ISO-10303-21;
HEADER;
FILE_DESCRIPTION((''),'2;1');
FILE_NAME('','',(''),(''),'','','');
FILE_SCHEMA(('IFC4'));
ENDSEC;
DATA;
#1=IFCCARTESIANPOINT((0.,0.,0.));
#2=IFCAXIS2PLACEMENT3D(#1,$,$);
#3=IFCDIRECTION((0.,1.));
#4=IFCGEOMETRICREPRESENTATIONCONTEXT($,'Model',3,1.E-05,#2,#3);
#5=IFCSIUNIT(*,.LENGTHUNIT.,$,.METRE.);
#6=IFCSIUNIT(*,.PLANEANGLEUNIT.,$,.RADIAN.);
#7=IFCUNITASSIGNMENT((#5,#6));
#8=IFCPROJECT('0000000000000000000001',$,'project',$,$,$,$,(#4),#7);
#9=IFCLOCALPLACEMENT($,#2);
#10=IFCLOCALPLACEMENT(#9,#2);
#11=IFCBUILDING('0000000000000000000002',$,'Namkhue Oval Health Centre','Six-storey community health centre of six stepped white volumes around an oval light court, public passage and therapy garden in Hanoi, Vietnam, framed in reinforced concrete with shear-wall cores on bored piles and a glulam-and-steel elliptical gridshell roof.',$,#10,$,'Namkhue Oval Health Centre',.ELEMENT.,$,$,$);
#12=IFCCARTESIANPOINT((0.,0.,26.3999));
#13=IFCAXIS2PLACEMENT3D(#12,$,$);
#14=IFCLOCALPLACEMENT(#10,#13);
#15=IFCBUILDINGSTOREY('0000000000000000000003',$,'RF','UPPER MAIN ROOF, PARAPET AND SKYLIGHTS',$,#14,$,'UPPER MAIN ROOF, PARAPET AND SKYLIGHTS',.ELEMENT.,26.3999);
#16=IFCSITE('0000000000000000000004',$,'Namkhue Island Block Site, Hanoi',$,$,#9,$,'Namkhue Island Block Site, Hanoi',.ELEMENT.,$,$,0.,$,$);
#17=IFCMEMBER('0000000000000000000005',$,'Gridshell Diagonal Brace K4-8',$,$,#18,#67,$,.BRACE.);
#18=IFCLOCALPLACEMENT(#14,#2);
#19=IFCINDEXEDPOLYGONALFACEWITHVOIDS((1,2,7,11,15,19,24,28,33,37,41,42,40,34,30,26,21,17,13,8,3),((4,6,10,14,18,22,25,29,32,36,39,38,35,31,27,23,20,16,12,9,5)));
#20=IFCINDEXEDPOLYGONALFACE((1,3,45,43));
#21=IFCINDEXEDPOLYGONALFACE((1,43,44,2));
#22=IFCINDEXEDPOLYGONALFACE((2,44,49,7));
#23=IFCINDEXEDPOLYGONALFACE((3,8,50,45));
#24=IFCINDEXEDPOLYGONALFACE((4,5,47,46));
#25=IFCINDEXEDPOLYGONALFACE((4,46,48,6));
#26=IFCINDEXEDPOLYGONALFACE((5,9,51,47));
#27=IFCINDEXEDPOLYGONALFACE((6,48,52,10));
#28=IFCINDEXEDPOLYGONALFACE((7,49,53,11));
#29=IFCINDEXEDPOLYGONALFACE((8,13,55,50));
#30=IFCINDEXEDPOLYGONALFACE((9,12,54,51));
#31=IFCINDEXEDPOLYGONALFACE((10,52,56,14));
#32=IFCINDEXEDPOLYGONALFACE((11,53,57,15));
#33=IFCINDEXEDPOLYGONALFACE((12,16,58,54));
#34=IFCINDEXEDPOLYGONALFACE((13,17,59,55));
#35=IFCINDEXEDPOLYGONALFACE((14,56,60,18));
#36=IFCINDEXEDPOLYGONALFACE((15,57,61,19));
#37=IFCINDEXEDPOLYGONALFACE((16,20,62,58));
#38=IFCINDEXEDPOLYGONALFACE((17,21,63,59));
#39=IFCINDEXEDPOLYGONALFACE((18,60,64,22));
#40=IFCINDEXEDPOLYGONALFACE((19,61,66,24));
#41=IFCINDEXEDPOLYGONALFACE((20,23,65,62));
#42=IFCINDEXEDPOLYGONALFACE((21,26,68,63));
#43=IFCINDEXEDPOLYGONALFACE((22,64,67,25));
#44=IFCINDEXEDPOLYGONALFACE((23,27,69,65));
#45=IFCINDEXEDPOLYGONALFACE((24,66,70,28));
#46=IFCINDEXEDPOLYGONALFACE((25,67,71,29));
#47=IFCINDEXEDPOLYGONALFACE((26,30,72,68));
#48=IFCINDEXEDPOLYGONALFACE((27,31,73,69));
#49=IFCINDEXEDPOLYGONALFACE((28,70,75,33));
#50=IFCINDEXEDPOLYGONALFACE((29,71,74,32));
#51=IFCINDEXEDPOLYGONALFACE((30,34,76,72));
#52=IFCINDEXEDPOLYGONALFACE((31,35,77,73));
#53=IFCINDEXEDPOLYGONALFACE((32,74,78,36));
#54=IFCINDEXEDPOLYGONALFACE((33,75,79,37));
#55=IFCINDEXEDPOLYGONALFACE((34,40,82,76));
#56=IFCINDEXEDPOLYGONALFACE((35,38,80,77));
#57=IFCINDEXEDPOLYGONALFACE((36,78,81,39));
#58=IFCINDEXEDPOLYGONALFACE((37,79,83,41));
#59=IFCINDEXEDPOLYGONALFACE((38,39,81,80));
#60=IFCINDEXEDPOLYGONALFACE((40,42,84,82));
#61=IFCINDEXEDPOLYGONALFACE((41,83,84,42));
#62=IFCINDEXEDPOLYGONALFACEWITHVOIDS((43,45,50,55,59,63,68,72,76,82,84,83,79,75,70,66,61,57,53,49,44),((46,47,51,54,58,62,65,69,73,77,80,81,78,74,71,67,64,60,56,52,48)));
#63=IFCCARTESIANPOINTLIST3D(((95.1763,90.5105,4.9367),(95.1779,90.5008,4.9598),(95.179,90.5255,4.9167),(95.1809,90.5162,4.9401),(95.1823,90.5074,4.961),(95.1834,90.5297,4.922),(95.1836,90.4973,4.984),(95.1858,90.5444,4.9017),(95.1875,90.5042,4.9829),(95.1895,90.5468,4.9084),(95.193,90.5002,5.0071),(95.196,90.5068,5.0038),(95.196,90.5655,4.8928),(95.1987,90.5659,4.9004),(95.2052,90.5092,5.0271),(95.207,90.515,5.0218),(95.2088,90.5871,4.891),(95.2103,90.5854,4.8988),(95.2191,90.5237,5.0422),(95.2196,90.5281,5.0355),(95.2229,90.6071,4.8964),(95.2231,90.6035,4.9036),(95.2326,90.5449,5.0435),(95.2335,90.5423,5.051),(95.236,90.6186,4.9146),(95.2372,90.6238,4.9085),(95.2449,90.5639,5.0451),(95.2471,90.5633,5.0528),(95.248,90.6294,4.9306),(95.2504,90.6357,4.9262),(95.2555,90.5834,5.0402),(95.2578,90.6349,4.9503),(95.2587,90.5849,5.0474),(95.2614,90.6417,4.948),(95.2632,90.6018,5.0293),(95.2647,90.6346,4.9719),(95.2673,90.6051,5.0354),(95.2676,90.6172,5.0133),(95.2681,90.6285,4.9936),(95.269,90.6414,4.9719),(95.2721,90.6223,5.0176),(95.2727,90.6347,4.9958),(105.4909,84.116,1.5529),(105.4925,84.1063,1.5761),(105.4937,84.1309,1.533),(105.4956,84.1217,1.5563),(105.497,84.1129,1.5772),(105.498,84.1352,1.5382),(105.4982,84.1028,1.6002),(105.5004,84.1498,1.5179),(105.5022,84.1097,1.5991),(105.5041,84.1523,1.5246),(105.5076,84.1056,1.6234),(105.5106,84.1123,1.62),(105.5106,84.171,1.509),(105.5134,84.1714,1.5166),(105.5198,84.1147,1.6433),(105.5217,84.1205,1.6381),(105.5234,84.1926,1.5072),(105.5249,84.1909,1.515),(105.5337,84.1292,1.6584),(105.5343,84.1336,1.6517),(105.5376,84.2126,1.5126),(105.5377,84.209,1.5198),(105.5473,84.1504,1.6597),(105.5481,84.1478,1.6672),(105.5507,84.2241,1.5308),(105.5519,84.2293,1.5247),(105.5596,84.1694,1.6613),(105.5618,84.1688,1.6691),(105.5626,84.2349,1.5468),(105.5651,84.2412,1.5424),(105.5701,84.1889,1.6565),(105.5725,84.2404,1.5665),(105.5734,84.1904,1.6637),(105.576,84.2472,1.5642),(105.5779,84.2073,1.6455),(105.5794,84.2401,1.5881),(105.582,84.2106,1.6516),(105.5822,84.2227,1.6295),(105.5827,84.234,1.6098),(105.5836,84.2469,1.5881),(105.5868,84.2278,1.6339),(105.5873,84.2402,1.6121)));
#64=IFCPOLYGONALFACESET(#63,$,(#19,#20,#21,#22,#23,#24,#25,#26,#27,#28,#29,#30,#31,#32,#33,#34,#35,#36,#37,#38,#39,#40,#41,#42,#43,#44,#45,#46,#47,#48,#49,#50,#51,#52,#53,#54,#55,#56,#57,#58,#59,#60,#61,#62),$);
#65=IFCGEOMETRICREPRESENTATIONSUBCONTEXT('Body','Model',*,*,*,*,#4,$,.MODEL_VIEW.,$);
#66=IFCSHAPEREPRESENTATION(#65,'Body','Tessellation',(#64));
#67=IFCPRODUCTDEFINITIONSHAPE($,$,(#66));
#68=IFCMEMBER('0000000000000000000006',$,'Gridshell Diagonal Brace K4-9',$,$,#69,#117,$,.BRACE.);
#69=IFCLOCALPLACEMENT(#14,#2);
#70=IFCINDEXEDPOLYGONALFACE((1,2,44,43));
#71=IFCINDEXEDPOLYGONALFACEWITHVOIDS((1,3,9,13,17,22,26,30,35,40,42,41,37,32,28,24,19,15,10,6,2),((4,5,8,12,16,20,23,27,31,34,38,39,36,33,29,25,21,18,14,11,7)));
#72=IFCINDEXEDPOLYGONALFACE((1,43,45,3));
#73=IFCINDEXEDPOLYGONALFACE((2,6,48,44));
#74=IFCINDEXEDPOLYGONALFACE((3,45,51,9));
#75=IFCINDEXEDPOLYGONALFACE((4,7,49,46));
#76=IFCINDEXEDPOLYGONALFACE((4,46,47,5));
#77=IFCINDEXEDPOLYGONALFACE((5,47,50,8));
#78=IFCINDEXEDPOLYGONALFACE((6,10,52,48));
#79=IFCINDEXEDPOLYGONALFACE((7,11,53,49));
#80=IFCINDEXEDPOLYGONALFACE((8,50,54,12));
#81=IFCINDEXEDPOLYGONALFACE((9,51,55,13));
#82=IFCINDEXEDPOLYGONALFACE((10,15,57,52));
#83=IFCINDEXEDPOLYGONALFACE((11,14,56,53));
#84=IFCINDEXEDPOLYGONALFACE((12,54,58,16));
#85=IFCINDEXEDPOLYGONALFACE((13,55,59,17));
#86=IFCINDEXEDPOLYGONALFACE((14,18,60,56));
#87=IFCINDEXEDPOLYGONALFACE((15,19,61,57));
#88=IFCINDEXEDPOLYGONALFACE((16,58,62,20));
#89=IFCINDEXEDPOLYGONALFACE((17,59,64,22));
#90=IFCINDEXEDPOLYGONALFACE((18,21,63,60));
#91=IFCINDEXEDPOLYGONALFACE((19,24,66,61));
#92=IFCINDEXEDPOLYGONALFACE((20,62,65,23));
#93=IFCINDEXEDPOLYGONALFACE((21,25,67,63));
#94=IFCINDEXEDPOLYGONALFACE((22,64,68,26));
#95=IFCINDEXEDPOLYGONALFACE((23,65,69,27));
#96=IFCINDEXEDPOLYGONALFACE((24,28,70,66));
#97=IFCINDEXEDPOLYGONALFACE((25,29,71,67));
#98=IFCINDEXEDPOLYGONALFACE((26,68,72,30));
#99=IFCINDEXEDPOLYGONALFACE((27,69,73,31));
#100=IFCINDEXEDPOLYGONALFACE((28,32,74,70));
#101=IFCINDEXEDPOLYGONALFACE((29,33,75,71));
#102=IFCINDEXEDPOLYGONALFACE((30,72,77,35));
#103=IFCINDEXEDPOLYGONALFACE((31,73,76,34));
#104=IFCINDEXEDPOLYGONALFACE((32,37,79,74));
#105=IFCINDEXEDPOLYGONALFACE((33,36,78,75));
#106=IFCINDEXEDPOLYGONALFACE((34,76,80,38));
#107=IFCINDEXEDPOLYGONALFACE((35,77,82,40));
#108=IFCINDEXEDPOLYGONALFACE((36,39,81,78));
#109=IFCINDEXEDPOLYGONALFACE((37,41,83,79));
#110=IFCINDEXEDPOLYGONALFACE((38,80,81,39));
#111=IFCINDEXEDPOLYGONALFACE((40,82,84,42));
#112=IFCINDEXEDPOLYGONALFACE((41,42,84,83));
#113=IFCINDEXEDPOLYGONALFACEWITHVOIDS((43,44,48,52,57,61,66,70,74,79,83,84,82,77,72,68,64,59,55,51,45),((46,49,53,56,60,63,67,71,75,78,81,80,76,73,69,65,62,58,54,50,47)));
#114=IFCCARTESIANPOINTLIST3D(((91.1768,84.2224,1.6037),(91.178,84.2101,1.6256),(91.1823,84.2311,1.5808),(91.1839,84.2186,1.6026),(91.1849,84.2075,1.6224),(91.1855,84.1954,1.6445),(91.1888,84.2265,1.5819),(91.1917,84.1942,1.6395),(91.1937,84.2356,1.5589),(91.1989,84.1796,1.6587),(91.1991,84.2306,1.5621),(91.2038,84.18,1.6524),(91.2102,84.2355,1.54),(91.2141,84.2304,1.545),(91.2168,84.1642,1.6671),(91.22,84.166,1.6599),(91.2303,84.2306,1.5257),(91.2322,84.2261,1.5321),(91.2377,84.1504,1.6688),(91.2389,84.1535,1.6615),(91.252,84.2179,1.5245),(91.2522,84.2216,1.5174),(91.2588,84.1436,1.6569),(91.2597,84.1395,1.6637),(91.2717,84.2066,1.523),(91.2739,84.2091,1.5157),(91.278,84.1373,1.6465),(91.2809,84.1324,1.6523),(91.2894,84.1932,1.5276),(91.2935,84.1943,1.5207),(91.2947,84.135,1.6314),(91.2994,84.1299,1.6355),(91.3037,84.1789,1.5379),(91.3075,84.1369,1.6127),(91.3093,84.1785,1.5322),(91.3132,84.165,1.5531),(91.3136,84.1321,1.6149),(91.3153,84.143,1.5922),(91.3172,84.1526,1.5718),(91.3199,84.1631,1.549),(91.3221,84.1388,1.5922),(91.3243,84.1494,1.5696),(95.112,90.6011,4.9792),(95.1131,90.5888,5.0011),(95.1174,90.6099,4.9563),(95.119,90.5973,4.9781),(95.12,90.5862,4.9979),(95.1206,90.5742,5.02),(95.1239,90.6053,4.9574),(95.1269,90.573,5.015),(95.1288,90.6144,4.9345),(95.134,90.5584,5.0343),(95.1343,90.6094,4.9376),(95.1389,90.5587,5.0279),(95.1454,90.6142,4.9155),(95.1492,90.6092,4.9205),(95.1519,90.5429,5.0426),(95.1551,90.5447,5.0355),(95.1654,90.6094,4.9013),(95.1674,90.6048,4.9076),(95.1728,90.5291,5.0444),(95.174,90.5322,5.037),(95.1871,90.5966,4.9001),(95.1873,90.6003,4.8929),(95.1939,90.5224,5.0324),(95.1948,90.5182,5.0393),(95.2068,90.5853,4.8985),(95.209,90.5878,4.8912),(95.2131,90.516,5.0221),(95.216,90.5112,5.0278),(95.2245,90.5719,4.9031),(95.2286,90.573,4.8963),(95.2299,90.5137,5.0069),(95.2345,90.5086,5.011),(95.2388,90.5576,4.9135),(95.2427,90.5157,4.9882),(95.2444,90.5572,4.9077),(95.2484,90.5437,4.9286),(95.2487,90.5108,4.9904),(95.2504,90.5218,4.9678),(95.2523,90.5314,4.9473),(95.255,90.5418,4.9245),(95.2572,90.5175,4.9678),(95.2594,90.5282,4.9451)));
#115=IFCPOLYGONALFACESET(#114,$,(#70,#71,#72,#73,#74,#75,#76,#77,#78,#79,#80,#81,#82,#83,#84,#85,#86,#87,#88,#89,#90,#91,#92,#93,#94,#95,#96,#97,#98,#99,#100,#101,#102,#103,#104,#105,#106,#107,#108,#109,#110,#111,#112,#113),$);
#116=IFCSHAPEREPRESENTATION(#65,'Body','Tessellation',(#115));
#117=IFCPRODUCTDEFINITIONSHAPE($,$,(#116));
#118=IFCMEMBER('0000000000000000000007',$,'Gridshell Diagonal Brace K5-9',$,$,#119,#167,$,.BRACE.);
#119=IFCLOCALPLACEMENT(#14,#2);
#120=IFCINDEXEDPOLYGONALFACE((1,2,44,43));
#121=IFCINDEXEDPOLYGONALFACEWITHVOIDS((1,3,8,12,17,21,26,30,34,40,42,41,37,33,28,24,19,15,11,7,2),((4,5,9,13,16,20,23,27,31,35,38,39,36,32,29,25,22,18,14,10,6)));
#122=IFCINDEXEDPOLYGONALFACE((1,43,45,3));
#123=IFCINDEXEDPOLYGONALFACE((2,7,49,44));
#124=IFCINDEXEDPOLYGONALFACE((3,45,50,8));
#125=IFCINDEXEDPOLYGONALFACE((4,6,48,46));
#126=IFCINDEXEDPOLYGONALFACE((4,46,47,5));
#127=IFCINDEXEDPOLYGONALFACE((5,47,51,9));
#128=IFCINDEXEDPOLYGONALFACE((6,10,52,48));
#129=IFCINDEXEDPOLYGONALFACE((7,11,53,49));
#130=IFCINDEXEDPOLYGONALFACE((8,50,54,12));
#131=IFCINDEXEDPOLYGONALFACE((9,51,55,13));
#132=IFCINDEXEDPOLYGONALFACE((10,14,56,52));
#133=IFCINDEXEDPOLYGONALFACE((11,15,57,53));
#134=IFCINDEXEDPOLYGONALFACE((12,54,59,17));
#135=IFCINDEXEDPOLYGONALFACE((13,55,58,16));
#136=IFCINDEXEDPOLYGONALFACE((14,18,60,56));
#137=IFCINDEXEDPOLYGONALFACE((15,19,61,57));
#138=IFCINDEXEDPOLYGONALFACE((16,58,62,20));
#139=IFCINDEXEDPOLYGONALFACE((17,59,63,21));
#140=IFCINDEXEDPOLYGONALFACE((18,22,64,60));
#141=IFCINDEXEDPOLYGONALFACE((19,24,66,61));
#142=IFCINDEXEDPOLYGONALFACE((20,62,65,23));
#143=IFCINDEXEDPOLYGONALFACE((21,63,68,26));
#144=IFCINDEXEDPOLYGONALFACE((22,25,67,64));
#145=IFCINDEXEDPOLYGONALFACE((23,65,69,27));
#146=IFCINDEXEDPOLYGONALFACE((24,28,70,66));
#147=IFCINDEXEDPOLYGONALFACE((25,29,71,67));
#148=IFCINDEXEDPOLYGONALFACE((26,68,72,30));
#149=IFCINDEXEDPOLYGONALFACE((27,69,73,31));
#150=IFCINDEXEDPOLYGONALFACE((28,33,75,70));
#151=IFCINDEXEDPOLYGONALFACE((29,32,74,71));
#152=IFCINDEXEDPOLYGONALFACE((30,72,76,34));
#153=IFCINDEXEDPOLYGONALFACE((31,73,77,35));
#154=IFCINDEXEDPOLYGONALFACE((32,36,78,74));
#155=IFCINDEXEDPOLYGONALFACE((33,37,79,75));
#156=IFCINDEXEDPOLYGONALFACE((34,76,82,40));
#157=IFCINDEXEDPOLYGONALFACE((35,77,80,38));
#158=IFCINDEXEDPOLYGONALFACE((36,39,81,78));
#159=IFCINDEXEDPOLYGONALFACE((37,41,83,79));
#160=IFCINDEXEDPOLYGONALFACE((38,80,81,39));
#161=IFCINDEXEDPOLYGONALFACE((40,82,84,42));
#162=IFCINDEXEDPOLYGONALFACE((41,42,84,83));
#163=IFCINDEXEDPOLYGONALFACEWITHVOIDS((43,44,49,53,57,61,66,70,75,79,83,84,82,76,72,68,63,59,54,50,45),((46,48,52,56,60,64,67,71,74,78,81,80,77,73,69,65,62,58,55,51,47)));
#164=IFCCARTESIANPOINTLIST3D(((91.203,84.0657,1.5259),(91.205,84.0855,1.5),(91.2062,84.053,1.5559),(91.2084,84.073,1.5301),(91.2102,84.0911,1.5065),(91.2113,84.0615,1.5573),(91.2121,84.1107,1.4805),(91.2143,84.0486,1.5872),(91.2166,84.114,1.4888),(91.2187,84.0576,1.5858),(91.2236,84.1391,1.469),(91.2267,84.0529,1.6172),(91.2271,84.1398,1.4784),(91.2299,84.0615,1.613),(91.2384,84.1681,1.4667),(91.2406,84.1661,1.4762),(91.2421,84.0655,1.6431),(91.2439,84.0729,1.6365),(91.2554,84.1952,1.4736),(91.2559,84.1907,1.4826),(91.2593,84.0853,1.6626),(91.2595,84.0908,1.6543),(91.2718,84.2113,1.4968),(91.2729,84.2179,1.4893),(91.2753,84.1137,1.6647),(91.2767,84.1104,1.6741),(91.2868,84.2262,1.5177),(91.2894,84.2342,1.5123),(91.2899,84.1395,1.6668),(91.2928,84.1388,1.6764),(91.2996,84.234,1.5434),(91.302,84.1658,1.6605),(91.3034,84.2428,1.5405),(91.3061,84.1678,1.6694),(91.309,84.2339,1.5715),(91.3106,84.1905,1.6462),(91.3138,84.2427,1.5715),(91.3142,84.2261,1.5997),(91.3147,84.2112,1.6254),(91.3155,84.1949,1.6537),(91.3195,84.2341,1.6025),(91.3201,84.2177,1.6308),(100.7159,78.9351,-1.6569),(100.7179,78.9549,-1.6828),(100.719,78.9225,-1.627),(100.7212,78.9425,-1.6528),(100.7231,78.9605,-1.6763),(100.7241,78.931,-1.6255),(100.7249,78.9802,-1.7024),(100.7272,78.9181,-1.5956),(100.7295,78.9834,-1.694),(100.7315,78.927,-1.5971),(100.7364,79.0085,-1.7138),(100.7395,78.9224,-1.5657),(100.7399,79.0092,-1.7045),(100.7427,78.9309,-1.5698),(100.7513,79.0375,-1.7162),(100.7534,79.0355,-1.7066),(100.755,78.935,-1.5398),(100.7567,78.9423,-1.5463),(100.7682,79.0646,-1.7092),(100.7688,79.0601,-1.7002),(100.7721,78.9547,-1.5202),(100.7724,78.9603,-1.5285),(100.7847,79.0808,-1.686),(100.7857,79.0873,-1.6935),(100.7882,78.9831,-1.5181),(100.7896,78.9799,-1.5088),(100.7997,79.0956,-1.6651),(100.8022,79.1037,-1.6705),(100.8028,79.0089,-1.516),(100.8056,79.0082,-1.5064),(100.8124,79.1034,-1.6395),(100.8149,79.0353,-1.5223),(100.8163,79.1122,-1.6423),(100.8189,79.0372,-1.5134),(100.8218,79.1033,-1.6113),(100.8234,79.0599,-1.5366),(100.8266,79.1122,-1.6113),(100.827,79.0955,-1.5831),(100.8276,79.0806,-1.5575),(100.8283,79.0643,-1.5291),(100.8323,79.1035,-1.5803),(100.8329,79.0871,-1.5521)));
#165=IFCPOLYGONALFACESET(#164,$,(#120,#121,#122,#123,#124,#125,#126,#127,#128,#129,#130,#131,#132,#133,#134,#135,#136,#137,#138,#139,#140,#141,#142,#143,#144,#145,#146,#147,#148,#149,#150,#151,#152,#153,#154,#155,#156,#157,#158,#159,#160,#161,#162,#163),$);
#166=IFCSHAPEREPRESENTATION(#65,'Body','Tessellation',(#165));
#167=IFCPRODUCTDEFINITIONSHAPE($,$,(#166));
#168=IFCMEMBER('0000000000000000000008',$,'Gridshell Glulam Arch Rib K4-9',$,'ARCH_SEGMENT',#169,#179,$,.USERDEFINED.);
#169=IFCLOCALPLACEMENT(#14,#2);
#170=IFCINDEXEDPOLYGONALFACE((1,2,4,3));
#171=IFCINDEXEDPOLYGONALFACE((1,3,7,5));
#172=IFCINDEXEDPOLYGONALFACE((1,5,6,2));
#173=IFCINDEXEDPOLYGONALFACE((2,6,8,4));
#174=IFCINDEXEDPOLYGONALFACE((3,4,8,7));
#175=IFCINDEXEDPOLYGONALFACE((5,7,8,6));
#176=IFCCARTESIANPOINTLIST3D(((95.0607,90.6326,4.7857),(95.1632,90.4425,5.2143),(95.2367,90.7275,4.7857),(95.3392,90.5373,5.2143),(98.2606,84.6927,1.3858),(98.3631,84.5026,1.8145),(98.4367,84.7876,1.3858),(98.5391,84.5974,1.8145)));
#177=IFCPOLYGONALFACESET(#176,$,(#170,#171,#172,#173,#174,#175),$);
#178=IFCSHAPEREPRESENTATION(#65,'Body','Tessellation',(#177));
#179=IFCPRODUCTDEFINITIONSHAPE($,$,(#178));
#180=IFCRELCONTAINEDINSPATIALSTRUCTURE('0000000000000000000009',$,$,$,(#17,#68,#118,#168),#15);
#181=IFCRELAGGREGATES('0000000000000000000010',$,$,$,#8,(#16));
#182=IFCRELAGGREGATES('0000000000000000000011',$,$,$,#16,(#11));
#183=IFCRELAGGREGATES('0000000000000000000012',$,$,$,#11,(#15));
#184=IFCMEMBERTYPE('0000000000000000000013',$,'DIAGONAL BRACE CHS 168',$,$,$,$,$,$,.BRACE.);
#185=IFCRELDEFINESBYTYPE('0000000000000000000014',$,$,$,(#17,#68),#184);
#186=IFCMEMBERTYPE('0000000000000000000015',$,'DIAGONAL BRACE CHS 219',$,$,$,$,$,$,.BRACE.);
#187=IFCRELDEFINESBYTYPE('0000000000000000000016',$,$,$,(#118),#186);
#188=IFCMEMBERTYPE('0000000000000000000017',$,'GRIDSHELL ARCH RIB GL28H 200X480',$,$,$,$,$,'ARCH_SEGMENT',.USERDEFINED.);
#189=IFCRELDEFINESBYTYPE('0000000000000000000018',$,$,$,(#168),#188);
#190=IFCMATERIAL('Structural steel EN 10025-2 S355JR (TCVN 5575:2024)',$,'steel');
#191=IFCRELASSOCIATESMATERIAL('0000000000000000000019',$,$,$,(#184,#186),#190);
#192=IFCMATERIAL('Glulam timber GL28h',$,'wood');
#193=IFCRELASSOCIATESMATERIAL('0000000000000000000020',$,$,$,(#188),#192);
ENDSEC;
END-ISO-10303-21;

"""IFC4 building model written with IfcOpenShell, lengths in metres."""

from ifc_helpers import new_model, si_unit, direction, frame, origin, origin_2d, place, context, subcontext, project, spatial, rectangle, hollow_circle, extrude, material, material_profile, profile_set, type_object, element, save


model = new_model("IFC4")

# Units and contexts
model_context = context("Model", 3, precision=1e-05, world=origin(), true_north=direction((0.0, 1.0)))
body_context = subcontext(model_context, "Body", "Model", "MODEL_VIEW")
ifc_project = project(units=[si_unit("LENGTHUNIT", "METRE"), si_unit("PLANEANGLEUNIT", "RADIAN")], contexts=[model_context])

# Site, building, storey
site_placement = place(None, origin())
site = spatial("IfcSite", under=ifc_project, at=site_placement, Name="Namkhue Island Block Site, Hanoi", LongName="Namkhue Island Block Site, Hanoi", CompositionType="ELEMENT", RefElevation=0.0)
building_placement = place(site_placement, origin())
building = spatial("IfcBuilding", under=site, at=building_placement, Name="Namkhue Oval Health Centre", Description="Six-storey community health centre of six stepped white volumes around an oval light court, public passage and therapy garden in Hanoi, Vietnam, framed in reinforced concrete with shear-wall cores on bored piles and a glulam-and-steel elliptical gridshell roof.", LongName="Namkhue Oval Health Centre", CompositionType="ELEMENT")
storey_placement = place(building_placement, frame((0.0, 0.0, 26.3999)))
storey = spatial("IfcBuildingStorey", under=building, at=storey_placement, Name="RF", Description="UPPER MAIN ROOF, PARAPET AND SKYLIGHTS", LongName="UPPER MAIN ROOF, PARAPET AND SKYLIGHTS", CompositionType="ELEMENT", Elevation=26.3999)

# Members
ifc_material_1 = material(Name="Structural steel EN 10025-2 S355JR (TCVN 5575:2024)", Category="steel")
ifc_material_profile_1 = material_profile(ifc_material_1, hollow_circle(Radius=0.0842, WallThickness=0.0081, at=origin_2d()), Name="CHS 168.3x8")
ifc_profile_set_1 = profile_set([ifc_material_profile_1], Name="Structural steel EN 10025-2 S355JR (TCVN 5575:2024)")
member_type_1 = type_object("IfcMemberType", Name="DIAGONAL BRACE CHS 168", PredefinedType="BRACE", material=ifc_profile_set_1)
member_1_placement = place(storey_placement, frame((95.2246, 90.5698, 4.9719), z_axis=(0.818696, -0.507546, -0.268577), x_axis=(0.526905, 0.849924, 0.0)))
element("IfcMember", 1, at=member_1_placement, inside=storey, type_object=member_type_1, Name="Gridshell Diagonal Brace K4-8", PredefinedType="BRACE", context=body_context, shape_type="SweptSolid", body=[
    extrude(hollow_circle(Radius=0.0842, WallThickness=0.0081, at=origin_2d()), origin(), (0.0, 0.0, 1.0), 12.5989),
])
member_2_placement = place(storey_placement, frame((95.1855, 90.5618, 4.9678), z_axis=(-0.478726, -0.776007, -0.410651), x_axis=(0.851078, -0.525039, 0.0)))
element("IfcMember", 2, at=member_2_placement, inside=storey, type_object=member_type_1, Name="Gridshell Diagonal Brace K4-9", PredefinedType="BRACE", context=body_context, shape_type="SweptSolid", body=[
    extrude(hollow_circle(Radius=0.0842, WallThickness=0.0081, at=origin_2d()), origin(), (0.0, 0.0, 1.0), 8.22),
])
ifc_material_profile_2 = material_profile(ifc_material_1, hollow_circle(Radius=0.1096, WallThickness=0.01, at=origin_2d()), Name="CHS 219.1x10")
ifc_profile_set_2 = profile_set([ifc_material_profile_2], Name="Structural steel EN 10025-2 S355JR (TCVN 5575:2024)")
member_type_2 = type_object("IfcMemberType", Name="DIAGONAL BRACE CHS 219", PredefinedType="BRACE", material=ifc_profile_set_2)
member_3_placement = place(storey_placement, frame((91.2617, 84.1462, 1.5715), z_axis=(0.844304, -0.455358, -0.282489), x_axis=(0.474692, 0.880152, 0.0)))
element("IfcMember", 3, at=member_3_placement, inside=storey, type_object=member_type_2, Name="Gridshell Diagonal Brace K5-9", PredefinedType="BRACE", context=body_context, shape_type="SweptSolid", body=[
    extrude(hollow_circle(Radius=0.1096, WallThickness=0.01, at=origin_2d()), origin(), (0.0, 0.0, 1.0), 11.2671),
])
ifc_material_2 = material(Name="Glulam timber GL28h", Category="wood")
ifc_material_profile_3 = material_profile(ifc_material_2, rectangle(XDim=0.2, YDim=0.48, at=origin_2d()), Name="GL28h 200x480")
ifc_profile_set_3 = profile_set([ifc_material_profile_3], Name="Glulam timber GL28h")
member_type_3 = type_object("IfcMemberType", Name="GRIDSHELL ARCH RIB GL28H 200X480", ElementType="ARCH_SEGMENT", PredefinedType="USERDEFINED", material=ifc_profile_set_3)
member_4_placement = place(storey_placement, frame((95.2, 90.585, 5.0), z_axis=(0.42354, -0.7862, -0.450005), x_axis=(0.880377, 0.474275, 0.0)))
element("IfcMember", 4, at=member_4_placement, inside=storey, type_object=member_type_3, Name="Gridshell Glulam Arch Rib K4-9", ObjectType="ARCH_SEGMENT", PredefinedType="USERDEFINED", context=body_context, shape_type="SweptSolid", body=[
    extrude(rectangle(XDim=0.2, YDim=0.48, at=origin_2d()), origin(), (0.0, 0.0, 1.0), 7.5552),
])

save(model, "model.ifc")
